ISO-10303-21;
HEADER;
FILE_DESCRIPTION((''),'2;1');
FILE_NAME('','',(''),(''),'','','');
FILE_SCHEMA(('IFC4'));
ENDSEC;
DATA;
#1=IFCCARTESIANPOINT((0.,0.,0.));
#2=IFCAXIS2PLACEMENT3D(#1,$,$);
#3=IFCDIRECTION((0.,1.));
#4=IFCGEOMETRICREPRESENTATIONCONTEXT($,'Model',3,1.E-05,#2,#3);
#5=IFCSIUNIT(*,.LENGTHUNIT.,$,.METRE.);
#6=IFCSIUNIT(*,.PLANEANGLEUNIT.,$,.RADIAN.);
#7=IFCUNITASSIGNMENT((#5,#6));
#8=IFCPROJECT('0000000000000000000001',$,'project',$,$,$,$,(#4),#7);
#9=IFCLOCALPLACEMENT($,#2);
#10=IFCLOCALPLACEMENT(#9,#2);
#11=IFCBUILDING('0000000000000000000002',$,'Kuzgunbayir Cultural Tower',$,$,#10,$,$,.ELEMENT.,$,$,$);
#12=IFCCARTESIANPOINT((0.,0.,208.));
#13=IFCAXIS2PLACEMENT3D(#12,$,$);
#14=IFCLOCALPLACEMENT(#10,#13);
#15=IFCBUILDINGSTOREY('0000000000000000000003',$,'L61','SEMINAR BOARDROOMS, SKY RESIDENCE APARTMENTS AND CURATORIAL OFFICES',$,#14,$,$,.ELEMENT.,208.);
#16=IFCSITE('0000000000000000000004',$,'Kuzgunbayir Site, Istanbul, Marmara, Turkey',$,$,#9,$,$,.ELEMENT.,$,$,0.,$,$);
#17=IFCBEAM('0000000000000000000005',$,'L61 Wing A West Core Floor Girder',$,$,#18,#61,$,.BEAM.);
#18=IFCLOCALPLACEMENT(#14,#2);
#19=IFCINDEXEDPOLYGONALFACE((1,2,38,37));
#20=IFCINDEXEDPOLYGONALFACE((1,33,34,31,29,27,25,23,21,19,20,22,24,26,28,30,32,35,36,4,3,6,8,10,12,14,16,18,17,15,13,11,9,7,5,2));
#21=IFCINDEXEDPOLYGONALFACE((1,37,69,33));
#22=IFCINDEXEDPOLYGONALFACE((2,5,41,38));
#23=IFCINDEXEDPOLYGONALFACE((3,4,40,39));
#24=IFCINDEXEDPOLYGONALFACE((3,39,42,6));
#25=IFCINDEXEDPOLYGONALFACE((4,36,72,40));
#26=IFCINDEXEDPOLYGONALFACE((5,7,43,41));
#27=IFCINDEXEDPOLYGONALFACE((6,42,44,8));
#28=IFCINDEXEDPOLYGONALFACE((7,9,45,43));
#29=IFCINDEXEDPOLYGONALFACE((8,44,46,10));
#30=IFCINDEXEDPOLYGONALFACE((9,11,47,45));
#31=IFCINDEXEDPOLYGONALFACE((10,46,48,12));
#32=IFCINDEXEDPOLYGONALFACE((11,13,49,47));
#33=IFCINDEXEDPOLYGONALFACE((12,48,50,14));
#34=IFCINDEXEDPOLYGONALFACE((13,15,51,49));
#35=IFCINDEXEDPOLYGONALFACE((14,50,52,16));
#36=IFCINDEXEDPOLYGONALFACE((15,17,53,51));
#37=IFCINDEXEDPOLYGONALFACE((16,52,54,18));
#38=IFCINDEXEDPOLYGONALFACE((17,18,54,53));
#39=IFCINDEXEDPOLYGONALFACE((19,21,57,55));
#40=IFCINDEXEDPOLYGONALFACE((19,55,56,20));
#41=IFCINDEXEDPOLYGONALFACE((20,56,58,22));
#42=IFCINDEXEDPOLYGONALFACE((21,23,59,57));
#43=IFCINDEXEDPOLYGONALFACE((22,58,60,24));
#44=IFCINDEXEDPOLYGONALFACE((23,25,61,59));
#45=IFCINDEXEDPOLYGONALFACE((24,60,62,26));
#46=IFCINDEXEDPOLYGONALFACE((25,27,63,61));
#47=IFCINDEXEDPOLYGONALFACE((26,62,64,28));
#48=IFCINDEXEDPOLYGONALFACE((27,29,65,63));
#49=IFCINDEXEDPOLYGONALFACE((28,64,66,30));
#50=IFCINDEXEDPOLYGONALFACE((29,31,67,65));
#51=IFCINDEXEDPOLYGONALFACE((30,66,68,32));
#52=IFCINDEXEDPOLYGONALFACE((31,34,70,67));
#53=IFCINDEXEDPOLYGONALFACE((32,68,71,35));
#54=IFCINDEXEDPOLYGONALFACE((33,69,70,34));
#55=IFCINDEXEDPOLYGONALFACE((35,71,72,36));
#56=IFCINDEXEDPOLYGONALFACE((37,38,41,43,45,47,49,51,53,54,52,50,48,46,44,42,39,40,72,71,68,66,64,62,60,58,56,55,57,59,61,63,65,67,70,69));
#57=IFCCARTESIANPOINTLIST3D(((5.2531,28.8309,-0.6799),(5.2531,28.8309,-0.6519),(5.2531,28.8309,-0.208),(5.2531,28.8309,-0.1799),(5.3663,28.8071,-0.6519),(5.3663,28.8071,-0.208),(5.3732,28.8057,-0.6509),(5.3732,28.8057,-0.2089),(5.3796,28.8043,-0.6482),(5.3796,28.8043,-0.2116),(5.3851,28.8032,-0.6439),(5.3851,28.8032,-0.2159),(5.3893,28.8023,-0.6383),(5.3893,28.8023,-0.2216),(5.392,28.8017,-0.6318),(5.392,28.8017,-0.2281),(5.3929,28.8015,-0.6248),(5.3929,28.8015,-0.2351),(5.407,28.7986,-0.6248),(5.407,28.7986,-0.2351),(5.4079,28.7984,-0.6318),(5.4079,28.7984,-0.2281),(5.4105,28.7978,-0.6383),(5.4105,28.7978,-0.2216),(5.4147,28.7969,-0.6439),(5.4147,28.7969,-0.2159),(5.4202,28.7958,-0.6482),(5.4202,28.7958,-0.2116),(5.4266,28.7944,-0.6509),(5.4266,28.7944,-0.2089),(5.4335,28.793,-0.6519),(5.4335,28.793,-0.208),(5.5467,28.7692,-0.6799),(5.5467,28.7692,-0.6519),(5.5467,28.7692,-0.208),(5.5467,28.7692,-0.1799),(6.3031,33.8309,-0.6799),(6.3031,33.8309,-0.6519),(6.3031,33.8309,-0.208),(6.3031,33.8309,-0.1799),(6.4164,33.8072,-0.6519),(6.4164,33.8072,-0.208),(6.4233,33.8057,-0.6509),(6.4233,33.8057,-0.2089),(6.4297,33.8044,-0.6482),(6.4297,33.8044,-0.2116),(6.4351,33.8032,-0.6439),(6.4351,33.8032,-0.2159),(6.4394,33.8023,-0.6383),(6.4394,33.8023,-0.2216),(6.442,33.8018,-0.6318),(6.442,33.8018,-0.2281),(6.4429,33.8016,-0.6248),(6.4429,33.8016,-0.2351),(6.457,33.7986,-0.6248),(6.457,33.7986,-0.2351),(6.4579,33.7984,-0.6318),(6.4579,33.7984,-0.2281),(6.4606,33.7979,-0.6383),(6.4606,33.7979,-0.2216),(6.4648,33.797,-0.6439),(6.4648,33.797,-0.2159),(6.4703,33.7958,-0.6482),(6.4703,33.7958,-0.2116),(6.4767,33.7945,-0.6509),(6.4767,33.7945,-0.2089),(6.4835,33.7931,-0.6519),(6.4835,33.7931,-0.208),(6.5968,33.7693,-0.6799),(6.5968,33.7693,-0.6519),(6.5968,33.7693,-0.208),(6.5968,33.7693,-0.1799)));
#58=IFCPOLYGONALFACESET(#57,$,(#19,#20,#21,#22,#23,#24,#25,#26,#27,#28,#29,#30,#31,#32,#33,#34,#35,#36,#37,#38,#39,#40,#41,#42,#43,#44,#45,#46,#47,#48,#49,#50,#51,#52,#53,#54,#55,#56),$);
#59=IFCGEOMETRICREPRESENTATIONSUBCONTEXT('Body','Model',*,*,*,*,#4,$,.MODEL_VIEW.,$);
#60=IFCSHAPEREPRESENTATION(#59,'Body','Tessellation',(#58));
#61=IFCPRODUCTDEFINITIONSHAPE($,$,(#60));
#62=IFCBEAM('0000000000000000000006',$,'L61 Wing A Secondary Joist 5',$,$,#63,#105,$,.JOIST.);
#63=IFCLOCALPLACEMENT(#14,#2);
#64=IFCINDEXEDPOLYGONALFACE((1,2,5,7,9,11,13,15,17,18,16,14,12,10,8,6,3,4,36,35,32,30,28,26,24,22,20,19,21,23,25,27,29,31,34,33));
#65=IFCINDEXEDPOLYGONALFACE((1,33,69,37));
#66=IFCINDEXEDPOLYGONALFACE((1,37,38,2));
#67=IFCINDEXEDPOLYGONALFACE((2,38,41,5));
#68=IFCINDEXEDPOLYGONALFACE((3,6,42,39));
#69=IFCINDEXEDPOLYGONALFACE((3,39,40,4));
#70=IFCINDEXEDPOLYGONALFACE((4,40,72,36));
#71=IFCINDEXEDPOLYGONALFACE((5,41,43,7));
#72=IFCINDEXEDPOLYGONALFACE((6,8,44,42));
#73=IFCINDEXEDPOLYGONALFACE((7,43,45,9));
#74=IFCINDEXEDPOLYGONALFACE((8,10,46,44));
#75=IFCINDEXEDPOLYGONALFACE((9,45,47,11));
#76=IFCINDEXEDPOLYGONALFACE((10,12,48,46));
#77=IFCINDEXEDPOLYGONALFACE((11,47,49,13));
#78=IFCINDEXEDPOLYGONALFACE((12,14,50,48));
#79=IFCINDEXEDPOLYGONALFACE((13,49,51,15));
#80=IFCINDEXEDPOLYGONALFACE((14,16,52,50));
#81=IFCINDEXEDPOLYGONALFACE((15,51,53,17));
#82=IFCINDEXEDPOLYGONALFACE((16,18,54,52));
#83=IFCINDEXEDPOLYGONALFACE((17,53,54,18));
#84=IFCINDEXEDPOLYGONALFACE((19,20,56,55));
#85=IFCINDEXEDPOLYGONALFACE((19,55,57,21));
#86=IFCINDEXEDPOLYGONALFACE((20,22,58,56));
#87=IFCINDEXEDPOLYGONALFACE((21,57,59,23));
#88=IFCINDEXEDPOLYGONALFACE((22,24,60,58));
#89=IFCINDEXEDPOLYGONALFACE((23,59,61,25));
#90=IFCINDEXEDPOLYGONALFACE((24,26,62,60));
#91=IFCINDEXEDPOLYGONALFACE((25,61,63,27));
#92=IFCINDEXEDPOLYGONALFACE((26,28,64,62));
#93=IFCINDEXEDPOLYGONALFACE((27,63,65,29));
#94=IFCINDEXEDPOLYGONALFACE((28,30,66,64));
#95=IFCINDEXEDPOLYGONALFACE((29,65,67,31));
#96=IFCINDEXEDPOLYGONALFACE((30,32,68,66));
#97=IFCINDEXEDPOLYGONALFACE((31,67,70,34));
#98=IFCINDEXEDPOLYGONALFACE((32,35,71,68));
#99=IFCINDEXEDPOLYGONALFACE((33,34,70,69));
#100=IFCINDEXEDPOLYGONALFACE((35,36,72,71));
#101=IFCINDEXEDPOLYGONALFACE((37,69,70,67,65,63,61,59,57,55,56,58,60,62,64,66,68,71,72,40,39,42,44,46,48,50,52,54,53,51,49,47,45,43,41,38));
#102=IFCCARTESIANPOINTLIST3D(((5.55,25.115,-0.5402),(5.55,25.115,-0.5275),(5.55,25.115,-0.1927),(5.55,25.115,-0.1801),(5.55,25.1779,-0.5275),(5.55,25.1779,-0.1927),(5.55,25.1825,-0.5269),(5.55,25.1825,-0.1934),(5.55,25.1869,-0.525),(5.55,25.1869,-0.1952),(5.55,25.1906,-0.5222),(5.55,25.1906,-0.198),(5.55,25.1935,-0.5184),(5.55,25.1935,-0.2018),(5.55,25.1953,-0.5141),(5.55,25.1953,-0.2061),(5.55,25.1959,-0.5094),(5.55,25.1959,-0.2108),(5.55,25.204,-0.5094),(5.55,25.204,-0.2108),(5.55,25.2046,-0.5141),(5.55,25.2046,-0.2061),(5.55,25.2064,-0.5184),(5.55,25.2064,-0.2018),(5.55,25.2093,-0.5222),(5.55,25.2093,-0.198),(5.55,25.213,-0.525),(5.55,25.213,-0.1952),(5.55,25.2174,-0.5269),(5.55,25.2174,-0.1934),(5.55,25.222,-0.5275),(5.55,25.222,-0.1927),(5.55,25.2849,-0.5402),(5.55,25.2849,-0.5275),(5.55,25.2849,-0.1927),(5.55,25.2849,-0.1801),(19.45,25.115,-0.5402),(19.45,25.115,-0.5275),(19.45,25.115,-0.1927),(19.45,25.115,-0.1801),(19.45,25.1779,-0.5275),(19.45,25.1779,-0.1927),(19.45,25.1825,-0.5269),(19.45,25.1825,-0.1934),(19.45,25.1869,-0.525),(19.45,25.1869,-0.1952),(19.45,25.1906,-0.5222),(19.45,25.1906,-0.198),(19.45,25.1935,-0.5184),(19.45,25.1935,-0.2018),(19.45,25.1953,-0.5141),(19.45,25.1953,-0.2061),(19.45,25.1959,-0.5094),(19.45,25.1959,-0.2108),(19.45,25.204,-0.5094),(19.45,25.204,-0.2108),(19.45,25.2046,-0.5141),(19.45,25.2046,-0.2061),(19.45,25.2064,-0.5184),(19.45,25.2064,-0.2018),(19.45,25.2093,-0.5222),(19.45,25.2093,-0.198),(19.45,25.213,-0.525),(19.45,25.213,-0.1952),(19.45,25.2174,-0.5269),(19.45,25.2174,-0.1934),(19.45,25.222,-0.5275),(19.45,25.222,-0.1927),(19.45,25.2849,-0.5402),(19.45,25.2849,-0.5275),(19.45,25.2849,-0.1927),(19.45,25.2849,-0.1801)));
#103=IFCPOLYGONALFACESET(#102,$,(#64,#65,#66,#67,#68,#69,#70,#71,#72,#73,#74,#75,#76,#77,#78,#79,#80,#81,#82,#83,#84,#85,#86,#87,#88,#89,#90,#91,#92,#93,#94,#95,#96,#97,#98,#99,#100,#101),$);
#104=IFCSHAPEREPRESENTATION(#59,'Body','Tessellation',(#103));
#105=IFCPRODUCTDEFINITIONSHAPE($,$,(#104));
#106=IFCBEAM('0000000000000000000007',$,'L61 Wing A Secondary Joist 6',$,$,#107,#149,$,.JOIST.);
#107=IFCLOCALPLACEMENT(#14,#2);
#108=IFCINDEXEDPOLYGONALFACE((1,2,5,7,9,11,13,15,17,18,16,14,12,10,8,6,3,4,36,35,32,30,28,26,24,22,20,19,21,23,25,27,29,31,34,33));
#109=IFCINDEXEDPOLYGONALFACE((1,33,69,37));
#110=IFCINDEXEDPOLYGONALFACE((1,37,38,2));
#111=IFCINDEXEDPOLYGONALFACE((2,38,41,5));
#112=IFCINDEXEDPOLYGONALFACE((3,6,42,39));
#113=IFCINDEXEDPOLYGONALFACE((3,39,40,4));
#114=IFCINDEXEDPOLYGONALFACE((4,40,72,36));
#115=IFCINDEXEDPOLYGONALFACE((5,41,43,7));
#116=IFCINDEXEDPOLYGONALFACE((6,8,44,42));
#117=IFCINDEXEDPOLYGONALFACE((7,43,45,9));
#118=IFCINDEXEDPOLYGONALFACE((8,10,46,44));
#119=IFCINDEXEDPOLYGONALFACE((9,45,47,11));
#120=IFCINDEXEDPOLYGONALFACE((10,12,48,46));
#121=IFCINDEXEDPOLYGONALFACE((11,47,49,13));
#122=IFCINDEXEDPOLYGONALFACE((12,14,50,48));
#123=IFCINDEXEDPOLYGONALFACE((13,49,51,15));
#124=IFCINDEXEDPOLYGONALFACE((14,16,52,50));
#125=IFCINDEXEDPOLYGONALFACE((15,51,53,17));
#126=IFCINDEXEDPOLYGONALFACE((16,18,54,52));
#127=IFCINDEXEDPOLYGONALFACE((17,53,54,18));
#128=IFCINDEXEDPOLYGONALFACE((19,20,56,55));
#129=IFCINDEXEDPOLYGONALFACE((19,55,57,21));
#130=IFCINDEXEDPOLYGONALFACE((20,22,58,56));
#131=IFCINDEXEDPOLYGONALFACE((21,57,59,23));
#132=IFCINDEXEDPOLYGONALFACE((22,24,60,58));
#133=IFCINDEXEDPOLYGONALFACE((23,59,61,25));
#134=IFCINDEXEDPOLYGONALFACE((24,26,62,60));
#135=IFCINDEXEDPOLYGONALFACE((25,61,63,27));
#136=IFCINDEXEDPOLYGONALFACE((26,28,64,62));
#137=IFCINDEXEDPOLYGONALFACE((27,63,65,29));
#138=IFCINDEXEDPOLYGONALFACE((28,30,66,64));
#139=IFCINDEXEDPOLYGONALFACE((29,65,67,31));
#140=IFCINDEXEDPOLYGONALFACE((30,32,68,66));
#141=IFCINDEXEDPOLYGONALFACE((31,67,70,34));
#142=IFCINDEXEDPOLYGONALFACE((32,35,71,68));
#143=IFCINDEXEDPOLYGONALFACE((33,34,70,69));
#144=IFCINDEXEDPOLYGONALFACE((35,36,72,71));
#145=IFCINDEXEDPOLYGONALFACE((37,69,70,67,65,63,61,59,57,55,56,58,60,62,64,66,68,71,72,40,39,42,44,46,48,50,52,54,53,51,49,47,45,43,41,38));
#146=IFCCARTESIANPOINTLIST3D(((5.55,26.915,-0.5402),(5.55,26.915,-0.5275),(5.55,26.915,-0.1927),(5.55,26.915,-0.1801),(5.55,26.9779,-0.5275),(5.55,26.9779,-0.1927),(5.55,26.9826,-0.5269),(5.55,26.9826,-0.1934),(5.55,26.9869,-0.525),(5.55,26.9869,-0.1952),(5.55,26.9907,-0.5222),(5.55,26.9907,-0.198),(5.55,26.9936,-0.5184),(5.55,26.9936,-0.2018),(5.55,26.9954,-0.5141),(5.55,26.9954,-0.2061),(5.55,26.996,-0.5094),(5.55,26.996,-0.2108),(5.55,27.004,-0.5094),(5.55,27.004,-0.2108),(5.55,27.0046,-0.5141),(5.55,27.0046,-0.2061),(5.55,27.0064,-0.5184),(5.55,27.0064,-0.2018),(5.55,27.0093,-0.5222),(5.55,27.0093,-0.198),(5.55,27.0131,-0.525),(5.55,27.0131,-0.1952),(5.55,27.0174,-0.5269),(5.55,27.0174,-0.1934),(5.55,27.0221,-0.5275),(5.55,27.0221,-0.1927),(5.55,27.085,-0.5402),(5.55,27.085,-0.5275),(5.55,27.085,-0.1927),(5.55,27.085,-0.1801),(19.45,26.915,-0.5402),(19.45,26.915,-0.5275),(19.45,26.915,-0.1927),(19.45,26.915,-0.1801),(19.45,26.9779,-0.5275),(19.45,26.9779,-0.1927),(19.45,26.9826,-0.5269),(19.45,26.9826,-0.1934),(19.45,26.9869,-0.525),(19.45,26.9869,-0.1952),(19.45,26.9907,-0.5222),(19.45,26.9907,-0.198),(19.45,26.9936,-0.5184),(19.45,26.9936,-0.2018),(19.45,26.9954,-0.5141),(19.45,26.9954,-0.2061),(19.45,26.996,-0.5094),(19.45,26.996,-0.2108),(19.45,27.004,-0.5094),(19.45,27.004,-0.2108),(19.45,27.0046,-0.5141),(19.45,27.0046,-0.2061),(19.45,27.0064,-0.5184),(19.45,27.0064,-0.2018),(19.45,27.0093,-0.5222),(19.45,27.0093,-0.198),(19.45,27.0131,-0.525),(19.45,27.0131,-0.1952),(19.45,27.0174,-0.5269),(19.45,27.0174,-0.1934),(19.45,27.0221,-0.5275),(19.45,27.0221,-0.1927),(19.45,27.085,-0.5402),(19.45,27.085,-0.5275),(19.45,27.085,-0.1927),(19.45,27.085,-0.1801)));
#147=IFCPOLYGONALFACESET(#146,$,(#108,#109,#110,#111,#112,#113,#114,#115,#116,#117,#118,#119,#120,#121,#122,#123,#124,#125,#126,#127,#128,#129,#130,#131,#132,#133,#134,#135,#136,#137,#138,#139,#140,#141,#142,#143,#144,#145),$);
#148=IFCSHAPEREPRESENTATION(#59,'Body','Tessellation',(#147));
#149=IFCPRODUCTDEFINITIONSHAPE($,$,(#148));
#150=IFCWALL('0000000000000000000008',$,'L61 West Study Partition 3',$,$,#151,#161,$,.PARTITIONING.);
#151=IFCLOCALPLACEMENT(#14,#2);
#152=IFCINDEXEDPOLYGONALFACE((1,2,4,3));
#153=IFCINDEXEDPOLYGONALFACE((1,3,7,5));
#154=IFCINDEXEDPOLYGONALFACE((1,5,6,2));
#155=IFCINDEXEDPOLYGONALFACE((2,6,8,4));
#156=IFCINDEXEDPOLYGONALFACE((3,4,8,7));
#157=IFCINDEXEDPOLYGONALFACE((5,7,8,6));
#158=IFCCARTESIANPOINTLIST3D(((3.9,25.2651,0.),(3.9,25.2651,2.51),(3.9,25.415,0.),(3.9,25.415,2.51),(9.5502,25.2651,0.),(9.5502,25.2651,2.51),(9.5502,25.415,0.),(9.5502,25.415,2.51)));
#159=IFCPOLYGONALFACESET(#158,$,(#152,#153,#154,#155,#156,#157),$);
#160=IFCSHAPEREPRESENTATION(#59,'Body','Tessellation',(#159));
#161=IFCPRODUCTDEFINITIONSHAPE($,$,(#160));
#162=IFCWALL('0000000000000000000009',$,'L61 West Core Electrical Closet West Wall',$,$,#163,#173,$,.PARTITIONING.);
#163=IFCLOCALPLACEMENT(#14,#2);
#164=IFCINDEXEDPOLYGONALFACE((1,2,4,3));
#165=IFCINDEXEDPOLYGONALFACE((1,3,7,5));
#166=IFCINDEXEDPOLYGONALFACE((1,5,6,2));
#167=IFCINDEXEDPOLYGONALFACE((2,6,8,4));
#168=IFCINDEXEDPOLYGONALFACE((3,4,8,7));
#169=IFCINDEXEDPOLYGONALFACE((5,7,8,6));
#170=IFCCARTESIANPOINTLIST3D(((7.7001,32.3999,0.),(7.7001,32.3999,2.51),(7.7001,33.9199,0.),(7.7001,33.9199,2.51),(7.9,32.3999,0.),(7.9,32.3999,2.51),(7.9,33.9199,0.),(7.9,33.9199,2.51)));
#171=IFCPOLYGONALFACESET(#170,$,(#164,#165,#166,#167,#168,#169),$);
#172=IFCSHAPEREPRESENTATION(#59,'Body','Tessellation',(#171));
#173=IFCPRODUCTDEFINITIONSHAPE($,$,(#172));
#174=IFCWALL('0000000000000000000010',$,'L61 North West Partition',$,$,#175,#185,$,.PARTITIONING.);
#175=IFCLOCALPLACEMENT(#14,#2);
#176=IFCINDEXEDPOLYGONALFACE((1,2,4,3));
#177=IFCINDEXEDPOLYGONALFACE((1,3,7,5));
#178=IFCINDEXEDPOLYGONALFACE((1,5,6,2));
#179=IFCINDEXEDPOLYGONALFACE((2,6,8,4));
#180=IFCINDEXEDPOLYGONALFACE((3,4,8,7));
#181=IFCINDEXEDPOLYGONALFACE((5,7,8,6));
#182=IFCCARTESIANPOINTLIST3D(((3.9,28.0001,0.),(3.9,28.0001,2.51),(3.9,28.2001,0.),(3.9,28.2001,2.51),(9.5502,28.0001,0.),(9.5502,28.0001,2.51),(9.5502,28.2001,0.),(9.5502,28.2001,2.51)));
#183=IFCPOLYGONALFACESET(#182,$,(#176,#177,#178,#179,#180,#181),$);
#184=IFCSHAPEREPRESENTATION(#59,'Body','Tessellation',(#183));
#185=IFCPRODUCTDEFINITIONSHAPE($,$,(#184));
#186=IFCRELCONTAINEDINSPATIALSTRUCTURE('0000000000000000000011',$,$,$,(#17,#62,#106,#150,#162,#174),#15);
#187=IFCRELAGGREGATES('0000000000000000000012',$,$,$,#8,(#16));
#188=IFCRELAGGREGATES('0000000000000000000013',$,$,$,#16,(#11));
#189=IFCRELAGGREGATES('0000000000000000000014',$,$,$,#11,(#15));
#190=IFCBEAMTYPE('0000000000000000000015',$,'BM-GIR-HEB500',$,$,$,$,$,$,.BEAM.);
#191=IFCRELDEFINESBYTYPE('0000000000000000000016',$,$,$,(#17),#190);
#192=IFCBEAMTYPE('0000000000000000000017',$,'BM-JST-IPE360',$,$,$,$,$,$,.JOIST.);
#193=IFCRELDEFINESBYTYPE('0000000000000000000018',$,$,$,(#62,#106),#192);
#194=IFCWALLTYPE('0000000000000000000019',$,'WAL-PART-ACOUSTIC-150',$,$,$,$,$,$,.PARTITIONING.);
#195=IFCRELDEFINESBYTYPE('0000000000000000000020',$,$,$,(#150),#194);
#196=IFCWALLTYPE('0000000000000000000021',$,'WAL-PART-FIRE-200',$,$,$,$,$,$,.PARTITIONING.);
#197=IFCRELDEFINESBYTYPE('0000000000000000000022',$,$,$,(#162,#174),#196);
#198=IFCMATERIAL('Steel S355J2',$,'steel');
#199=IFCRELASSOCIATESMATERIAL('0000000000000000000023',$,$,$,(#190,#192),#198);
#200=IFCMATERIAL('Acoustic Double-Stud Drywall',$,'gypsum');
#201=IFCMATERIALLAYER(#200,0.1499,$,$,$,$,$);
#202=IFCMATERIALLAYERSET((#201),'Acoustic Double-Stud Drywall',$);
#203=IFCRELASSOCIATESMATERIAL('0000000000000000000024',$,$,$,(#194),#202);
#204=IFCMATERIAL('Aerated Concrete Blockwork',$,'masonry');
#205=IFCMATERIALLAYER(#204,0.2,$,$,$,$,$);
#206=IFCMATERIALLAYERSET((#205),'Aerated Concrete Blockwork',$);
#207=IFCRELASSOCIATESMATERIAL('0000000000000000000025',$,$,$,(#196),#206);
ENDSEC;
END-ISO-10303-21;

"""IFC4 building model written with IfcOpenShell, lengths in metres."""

from ifc_helpers import new_model, si_unit, direction, frame, frame_2d, origin, origin_2d, place, context, subcontext, project, spatial, rectangle, i_section, extrude, material, layer, layer_set, material_profile, profile_set, type_object, element, save


model = new_model("IFC4")

# Units and contexts
model_context = context("Model", 3, precision=1e-05, world=origin(), true_north=direction((0.0, 1.0)))
body_context = subcontext(model_context, "Body", "Model", "MODEL_VIEW")
ifc_project = project(units=[si_unit("LENGTHUNIT", "METRE"), si_unit("PLANEANGLEUNIT", "RADIAN")], contexts=[model_context])

# Site, building, storey
site_placement = place(None, origin())
site = spatial("IfcSite", under=ifc_project, at=site_placement, Name="Kuzgunbayir Site, Istanbul, Marmara, Turkey", CompositionType="ELEMENT", RefElevation=0.0)
building_placement = place(site_placement, origin())
building = spatial("IfcBuilding", under=site, at=building_placement, Name="Kuzgunbayir Cultural Tower", CompositionType="ELEMENT")
storey_placement = place(building_placement, frame((0.0, 0.0, 208.0)))
storey = spatial("IfcBuildingStorey", under=building, at=storey_placement, Name="L61", Description="SEMINAR BOARDROOMS, SKY RESIDENCE APARTMENTS AND CURATORIAL OFFICES", CompositionType="ELEMENT", Elevation=208.0)

# Beams
ifc_material_1 = material(Name="Steel S355J2", Category="steel")
ifc_material_profile_1 = material_profile(ifc_material_1, i_section(OverallWidth=0.3, OverallDepth=0.5, WebThickness=0.0144, FlangeThickness=0.0281, FilletRadius=0.0271, at=origin_2d()), Name="HEB 500")
ifc_profile_set_1 = profile_set([ifc_material_profile_1], Name="Steel S355J2")
beam_type_1 = type_object("IfcBeamType", Name="BM-GIR-HEB500", PredefinedType="BEAM", material=ifc_profile_set_1)
beam_1_placement = place(storey_placement, frame((5.3999, 28.8, -0.4299), z_axis=(0.205526, 0.978652, 0.0), x_axis=(-0.978652, 0.205526, 0.0)))
element("IfcBeam", 1, at=beam_1_placement, inside=storey, type_object=beam_type_1, Name="L61 Wing A West Core Floor Girder", PredefinedType="BEAM", context=body_context, shape_type="SweptSolid", body=[
    extrude(i_section(OverallWidth=0.3, OverallDepth=0.5, WebThickness=0.0144, FlangeThickness=0.0281, FilletRadius=0.0271, at=origin_2d()), origin(), (0.0, 0.0, 1.0), 5.1091),
])
ifc_material_profile_2 = material_profile(ifc_material_1, i_section(OverallWidth=0.1699, OverallDepth=0.3601, WebThickness=0.0081, FlangeThickness=0.0127, FilletRadius=0.0181, at=origin_2d()), Name="IPE 360")
ifc_profile_set_2 = profile_set([ifc_material_profile_2], Name="Steel S355J2")
beam_type_2 = type_object("IfcBeamType", Name="BM-JST-IPE360", PredefinedType="JOIST", material=ifc_profile_set_2)
for number, where, z_axis, x_axis, name in (
    (2, (5.55, 25.2, -0.3601), (1.0, 0.0, 0.0), (0.0, 1.0, 0.0), "L61 Wing A Secondary Joist 5"),
    (3, (5.55, 27.0, -0.3601), (1.0, 0.0, 0.0), (0.0, 1.0, 0.0), "L61 Wing A Secondary Joist 6"),
):
    element("IfcBeam", number, at=place(storey_placement, frame(where, z_axis=z_axis, x_axis=x_axis)), inside=storey, type_object=beam_type_2, Name=name, PredefinedType="JOIST", context=body_context, shape_type="SweptSolid", body=[
        extrude(i_section(OverallWidth=0.1699, OverallDepth=0.3601, WebThickness=0.0081, FlangeThickness=0.0127, FilletRadius=0.0181, at=origin_2d()), origin(), (0.0, 0.0, 1.0), 13.8999),
    ])

# Walls
ifc_material_2 = material(Name="Acoustic Double-Stud Drywall", Category="gypsum")
ifc_layer_1 = layer(ifc_material_2, 0.1499)
ifc_layer_set_1 = layer_set([ifc_layer_1], Name="Acoustic Double-Stud Drywall")
wall_type_1 = type_object("IfcWallType", Name="WAL-PART-ACOUSTIC-150", PredefinedType="PARTITIONING", material=ifc_layer_set_1)
wall_1_placement = place(storey_placement, frame((3.8999, 25.3401, 0.0), z_axis=(0.0, 0.0, 1.0), x_axis=(1.0, 0.0, 0.0)))
element("IfcWall", 4, at=wall_1_placement, inside=storey, type_object=wall_type_1, Name="L61 West Study Partition 3", PredefinedType="PARTITIONING", context=body_context, shape_type="SweptSolid", body=[
    extrude(rectangle(XDim=5.6501, YDim=0.1499, at=frame_2d((2.8252, 0.0))), origin(), (0.0, 0.0, 1.0), 2.51),
])
ifc_material_3 = material(Name="Aerated Concrete Blockwork", Category="masonry")
ifc_layer_2 = layer(ifc_material_3, 0.2)
ifc_layer_set_2 = layer_set([ifc_layer_2], Name="Aerated Concrete Blockwork")
wall_type_2 = type_object("IfcWallType", Name="WAL-PART-FIRE-200", PredefinedType="PARTITIONING", material=ifc_layer_set_2)
wall_2_placement = place(storey_placement, frame((7.8, 32.3999, 0.0), z_axis=(0.0, 0.0, 1.0), x_axis=(0.0, 1.0, 0.0)))
element("IfcWall", 5, at=wall_2_placement, inside=storey, type_object=wall_type_2, Name="L61 West Core Electrical Closet West Wall", PredefinedType="PARTITIONING", context=body_context, shape_type="SweptSolid", body=[
    extrude(rectangle(XDim=1.52, YDim=0.2, at=frame_2d((0.76, 0.0))), origin(), (0.0, 0.0, 1.0), 2.51),
])
wall_3_placement = place(storey_placement, frame((3.8999, 28.1001, 0.0), z_axis=(0.0, 0.0, 1.0), x_axis=(1.0, 0.0, 0.0)))
element("IfcWall", 6, at=wall_3_placement, inside=storey, type_object=wall_type_2, Name="L61 North West Partition", PredefinedType="PARTITIONING", context=body_context, shape_type="SweptSolid", body=[
    extrude(rectangle(XDim=5.6501, YDim=0.2, at=frame_2d((2.8252, 0.0))), origin(), (0.0, 0.0, 1.0), 2.51),
])

save(model, "model.ifc")
